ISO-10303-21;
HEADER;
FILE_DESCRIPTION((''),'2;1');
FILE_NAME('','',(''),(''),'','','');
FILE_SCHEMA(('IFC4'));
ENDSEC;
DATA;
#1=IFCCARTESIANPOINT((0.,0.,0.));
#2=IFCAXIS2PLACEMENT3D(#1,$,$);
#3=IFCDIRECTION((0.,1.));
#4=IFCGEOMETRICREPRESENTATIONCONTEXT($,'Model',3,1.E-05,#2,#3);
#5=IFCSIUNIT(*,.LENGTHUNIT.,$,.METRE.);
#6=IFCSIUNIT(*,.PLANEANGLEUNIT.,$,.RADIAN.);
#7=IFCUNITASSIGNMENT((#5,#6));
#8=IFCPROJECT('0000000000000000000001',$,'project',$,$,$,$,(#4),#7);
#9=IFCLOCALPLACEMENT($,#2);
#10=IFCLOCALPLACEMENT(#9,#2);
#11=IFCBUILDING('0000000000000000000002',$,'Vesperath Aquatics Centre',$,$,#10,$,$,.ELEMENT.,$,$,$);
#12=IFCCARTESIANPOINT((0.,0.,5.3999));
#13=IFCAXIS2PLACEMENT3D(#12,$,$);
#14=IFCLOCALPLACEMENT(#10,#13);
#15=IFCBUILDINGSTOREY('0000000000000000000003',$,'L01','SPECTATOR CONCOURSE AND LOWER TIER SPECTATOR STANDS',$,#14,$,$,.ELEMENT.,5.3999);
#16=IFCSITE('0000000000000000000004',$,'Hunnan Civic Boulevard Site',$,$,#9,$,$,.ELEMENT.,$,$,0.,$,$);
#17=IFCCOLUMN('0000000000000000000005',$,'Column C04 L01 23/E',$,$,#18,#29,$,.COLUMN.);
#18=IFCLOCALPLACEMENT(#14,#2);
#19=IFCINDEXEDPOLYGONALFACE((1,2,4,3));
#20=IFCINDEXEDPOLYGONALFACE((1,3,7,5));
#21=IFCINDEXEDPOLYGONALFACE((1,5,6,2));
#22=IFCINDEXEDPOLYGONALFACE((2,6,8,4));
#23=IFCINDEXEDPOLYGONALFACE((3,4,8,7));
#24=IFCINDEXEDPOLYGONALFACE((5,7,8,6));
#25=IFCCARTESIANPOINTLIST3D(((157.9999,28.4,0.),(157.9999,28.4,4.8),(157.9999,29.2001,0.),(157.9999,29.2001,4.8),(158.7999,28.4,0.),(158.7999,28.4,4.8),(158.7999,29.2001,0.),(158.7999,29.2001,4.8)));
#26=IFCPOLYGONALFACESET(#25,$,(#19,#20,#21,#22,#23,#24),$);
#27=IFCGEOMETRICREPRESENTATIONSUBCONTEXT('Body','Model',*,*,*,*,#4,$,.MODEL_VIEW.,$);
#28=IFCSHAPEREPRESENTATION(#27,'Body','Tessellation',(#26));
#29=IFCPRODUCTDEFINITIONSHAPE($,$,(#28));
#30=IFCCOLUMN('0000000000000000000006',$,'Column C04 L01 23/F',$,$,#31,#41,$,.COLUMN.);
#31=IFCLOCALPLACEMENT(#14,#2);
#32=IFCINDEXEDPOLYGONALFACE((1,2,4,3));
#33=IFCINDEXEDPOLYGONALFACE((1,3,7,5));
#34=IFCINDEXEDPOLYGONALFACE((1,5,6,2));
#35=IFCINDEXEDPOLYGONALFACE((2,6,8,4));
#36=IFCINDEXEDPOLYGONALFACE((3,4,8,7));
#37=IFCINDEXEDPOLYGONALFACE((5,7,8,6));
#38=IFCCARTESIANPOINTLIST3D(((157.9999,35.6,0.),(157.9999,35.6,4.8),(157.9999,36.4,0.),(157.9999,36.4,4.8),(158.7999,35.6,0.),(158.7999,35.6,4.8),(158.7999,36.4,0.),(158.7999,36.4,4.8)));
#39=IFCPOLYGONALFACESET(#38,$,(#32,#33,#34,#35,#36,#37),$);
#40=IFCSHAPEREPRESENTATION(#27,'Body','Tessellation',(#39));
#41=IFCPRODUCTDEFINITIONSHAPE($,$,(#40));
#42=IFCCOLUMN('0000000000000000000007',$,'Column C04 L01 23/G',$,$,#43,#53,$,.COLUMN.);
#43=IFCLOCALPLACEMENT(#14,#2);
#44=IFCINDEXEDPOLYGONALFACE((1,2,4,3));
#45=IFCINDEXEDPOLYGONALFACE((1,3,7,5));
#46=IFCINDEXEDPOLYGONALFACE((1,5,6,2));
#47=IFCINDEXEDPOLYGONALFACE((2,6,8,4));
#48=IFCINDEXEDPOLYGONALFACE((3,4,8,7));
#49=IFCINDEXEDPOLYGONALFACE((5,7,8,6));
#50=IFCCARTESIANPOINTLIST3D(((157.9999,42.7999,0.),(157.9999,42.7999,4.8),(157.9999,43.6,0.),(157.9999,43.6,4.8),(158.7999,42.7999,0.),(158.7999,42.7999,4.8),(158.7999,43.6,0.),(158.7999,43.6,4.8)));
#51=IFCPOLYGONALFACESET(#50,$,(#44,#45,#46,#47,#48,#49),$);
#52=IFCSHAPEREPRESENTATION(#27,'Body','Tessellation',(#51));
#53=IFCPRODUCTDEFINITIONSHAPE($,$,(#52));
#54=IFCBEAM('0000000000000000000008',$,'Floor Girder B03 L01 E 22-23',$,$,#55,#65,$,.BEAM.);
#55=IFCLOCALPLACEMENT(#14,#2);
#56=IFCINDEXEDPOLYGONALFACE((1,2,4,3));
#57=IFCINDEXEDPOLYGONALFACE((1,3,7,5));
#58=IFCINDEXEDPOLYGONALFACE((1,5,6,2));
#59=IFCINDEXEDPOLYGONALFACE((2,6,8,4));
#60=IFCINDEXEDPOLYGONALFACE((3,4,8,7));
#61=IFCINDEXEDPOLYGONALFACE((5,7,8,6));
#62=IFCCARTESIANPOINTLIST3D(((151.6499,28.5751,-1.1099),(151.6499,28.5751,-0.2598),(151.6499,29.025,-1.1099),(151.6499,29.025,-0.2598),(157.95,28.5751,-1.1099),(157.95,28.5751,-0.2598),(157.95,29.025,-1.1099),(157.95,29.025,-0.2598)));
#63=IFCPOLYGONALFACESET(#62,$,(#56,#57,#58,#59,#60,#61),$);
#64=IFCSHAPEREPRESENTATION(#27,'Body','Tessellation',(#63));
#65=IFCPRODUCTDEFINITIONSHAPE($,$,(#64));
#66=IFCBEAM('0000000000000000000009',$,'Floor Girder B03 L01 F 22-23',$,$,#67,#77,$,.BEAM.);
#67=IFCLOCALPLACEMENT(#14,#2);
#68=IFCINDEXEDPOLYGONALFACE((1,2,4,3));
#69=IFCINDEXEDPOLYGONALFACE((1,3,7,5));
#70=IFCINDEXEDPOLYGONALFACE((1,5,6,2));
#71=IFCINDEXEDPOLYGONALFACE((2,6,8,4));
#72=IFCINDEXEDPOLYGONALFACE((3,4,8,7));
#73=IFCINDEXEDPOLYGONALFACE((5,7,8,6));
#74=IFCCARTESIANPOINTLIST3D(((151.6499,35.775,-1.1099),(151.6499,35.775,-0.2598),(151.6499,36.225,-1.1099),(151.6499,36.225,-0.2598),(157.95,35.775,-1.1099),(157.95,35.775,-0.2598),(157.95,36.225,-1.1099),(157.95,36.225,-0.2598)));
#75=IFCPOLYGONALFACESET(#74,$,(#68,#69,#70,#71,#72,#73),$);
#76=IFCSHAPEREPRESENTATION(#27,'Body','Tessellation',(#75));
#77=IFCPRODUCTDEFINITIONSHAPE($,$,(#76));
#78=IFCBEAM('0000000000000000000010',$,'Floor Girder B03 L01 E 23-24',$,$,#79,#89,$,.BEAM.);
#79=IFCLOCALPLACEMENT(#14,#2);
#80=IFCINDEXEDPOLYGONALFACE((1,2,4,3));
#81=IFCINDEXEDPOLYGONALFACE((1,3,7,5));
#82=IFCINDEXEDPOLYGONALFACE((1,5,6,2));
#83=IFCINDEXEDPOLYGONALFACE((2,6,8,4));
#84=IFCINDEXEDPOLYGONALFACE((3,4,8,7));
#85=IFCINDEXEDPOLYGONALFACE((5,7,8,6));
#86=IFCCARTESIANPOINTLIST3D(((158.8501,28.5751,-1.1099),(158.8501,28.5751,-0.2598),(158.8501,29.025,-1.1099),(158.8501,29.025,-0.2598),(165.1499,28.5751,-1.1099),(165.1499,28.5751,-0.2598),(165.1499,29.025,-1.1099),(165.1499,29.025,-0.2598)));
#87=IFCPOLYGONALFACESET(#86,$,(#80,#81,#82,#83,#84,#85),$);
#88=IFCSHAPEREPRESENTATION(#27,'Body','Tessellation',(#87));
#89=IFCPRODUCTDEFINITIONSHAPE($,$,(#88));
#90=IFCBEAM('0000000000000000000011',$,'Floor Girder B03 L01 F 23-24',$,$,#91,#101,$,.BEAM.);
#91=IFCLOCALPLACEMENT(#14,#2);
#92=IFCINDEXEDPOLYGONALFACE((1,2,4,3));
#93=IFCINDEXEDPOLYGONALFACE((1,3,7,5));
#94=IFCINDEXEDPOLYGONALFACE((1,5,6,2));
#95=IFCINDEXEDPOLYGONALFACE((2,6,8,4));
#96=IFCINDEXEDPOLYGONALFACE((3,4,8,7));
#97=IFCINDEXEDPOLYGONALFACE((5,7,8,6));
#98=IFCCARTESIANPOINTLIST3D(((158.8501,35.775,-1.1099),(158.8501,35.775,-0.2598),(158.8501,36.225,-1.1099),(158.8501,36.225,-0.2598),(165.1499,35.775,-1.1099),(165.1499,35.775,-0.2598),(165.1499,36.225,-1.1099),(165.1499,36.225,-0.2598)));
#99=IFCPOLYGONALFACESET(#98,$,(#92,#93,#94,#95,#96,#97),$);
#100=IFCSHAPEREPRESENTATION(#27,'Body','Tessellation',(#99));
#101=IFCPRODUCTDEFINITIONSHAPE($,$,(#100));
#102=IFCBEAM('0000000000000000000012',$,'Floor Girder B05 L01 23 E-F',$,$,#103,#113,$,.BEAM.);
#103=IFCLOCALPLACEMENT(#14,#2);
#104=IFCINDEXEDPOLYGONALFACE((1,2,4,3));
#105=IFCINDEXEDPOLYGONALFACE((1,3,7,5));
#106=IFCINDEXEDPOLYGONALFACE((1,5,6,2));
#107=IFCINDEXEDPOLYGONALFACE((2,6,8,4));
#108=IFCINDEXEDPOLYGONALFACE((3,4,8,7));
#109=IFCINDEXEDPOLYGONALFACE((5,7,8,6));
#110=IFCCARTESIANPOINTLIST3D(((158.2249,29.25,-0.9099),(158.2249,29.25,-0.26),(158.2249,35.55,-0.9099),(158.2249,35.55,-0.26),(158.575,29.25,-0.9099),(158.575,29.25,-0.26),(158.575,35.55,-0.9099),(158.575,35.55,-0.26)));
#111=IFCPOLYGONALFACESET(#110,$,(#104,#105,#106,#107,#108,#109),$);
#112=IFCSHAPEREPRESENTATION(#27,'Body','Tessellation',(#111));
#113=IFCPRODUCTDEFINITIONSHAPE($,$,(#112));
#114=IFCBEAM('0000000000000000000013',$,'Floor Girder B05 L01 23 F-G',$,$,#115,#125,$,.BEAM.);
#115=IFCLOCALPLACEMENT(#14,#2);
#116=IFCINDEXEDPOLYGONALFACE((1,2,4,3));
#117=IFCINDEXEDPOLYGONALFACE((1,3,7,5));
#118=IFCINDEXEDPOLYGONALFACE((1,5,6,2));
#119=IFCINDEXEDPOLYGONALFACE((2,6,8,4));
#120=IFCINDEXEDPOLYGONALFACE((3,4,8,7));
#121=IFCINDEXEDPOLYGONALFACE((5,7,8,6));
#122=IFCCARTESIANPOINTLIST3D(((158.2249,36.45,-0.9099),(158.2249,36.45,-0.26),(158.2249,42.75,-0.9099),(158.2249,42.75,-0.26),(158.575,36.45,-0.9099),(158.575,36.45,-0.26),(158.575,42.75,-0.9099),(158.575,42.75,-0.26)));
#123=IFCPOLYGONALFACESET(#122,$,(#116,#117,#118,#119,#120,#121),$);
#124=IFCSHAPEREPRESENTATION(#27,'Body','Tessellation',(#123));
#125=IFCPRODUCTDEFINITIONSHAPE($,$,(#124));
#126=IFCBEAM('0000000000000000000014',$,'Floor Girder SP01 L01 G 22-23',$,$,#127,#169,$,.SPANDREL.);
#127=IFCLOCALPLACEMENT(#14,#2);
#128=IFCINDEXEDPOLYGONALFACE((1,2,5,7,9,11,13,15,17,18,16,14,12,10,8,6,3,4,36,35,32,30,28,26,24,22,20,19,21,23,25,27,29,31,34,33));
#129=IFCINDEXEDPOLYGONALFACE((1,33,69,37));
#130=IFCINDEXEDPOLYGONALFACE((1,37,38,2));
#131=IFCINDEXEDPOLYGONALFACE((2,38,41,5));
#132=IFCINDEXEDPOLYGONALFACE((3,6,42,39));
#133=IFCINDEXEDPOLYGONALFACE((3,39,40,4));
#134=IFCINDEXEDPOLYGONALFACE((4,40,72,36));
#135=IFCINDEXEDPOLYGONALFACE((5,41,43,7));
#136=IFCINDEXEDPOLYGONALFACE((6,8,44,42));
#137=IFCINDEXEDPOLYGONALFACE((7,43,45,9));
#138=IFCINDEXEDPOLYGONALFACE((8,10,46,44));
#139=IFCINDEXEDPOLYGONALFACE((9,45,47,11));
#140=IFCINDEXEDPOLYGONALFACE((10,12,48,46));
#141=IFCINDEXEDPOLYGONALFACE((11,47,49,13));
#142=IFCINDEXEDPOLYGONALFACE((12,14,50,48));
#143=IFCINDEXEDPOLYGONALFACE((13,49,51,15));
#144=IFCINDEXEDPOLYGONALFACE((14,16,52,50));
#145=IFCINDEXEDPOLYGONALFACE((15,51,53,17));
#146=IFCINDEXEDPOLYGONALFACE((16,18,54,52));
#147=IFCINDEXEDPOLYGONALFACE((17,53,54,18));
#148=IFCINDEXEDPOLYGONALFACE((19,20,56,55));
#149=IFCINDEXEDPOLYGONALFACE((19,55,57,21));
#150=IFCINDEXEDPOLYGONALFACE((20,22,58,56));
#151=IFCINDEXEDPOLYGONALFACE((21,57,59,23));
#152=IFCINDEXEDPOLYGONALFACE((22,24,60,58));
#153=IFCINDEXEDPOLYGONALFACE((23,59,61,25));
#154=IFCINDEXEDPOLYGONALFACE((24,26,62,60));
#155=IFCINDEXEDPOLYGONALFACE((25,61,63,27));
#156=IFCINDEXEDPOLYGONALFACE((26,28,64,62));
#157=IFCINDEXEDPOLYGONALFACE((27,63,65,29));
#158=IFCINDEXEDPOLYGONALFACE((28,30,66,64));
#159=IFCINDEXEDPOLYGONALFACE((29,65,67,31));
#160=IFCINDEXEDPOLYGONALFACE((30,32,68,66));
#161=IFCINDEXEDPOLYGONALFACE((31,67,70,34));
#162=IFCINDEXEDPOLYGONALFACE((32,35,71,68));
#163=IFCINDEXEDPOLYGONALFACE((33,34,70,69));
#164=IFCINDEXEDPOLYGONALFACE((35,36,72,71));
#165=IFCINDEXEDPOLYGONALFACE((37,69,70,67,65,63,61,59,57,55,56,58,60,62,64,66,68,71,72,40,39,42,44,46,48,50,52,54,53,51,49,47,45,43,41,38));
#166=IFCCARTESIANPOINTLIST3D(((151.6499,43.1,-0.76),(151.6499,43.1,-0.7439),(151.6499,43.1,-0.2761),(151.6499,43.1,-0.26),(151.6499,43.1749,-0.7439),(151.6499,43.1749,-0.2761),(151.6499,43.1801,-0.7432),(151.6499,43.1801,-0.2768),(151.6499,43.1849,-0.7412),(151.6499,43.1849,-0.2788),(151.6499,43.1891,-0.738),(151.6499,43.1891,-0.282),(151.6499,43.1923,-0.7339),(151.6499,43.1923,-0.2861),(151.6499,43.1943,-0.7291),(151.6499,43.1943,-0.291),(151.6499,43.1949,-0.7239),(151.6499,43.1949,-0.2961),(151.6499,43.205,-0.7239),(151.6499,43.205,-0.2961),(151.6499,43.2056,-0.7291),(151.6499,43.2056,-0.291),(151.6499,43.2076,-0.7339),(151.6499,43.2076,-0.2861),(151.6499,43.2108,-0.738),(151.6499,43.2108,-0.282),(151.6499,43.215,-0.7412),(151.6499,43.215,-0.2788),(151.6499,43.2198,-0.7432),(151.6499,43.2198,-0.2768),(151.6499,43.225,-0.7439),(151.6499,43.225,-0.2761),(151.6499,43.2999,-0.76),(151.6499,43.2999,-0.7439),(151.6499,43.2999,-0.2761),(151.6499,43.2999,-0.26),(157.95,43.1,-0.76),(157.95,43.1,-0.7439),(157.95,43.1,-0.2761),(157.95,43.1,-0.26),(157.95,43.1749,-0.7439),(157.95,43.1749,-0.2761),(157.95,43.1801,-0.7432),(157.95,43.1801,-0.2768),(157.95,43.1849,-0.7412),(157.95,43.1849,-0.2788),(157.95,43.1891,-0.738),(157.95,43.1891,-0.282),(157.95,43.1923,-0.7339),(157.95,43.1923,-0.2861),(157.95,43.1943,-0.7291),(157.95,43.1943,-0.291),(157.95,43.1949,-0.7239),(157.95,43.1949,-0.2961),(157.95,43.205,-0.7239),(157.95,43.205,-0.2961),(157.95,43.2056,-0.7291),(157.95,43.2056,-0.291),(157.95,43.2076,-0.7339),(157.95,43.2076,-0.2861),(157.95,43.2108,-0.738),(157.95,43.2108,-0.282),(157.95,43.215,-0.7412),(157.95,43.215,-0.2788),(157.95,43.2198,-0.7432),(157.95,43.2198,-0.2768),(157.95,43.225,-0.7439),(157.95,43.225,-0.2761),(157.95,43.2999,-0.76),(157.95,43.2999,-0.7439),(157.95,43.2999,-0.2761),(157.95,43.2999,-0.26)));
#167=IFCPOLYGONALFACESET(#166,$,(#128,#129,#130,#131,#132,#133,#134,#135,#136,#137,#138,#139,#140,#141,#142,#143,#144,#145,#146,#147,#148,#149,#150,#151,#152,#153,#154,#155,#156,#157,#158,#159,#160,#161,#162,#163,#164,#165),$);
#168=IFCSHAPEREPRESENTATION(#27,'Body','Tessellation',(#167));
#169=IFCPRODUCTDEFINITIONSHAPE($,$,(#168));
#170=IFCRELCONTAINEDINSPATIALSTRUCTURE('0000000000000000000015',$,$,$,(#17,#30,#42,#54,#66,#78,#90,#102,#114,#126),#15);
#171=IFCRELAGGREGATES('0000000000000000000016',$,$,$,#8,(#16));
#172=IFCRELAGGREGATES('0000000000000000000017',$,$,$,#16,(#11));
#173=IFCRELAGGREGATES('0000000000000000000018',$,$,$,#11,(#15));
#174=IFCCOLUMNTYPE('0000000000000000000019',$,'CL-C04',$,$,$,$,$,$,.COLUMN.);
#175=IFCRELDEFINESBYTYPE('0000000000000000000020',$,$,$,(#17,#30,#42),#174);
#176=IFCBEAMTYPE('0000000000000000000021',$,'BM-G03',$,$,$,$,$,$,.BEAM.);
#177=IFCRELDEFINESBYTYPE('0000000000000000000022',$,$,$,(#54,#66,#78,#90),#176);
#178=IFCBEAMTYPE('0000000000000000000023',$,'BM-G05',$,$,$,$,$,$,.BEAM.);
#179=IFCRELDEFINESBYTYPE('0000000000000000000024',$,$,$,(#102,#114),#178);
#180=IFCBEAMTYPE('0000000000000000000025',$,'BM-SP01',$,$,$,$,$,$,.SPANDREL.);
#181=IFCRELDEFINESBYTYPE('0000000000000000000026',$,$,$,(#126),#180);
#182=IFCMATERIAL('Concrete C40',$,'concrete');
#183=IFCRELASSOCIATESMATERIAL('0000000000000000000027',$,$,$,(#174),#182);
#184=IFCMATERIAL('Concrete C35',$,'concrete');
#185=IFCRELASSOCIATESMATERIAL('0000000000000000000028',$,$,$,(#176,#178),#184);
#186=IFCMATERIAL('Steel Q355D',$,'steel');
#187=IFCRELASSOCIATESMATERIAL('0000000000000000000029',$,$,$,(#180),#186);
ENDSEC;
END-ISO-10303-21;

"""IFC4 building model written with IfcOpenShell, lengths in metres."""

from ifc_helpers import new_model, si_unit, direction, frame, origin, origin_2d, place, context, subcontext, project, spatial, rectangle, i_section, extrude, material, material_profile, profile_set, type_object, element, save


model = new_model("IFC4")

# Units and contexts
model_context = context("Model", 3, precision=1e-05, world=origin(), true_north=direction((0.0, 1.0)))
body_context = subcontext(model_context, "Body", "Model", "MODEL_VIEW")
ifc_project = project(units=[si_unit("LENGTHUNIT", "METRE"), si_unit("PLANEANGLEUNIT", "RADIAN")], contexts=[model_context])

# Site, building, storey
site_placement = place(None, origin())
site = spatial("IfcSite", under=ifc_project, at=site_placement, Name="Hunnan Civic Boulevard Site", CompositionType="ELEMENT", RefElevation=0.0)
building_placement = place(site_placement, origin())
building = spatial("IfcBuilding", under=site, at=building_placement, Name="Vesperath Aquatics Centre", CompositionType="ELEMENT")
storey_placement = place(building_placement, frame((0.0, 0.0, 5.3999)))
storey = spatial("IfcBuildingStorey", under=building, at=storey_placement, Name="L01", Description="SPECTATOR CONCOURSE AND LOWER TIER SPECTATOR STANDS", CompositionType="ELEMENT", Elevation=5.3999)

# Columns
ifc_material_1 = material(Name="Concrete C40", Category="concrete")
ifc_material_profile_1 = material_profile(ifc_material_1, rectangle(XDim=0.8, YDim=0.8, at=origin_2d()), Name="RC 800x800")
ifc_profile_set_1 = profile_set([ifc_material_profile_1], Name="Concrete C40")
column_type = type_object("IfcColumnType", Name="CL-C04", PredefinedType="COLUMN", material=ifc_profile_set_1)
for number, where, z_axis, x_axis, name in (
    (1, (158.3999, 28.8, 0.0), (0.0, 0.0, 1.0), (1.0, 0.0, 0.0), "Column C04 L01 23/E"),
    (2, (158.3999, 36.0, 0.0), (0.0, 0.0, 1.0), (1.0, 0.0, 0.0), "Column C04 L01 23/F"),
    (3, (158.3999, 43.2, 0.0), (0.0, 0.0, 1.0), (1.0, 0.0, 0.0), "Column C04 L01 23/G"),
):
    element("IfcColumn", number, at=place(storey_placement, frame(where, z_axis=z_axis, x_axis=x_axis)), inside=storey, type_object=column_type, Name=name, PredefinedType="COLUMN", context=body_context, shape_type="SweptSolid", body=[
        extrude(rectangle(XDim=0.8, YDim=0.8, at=origin_2d()), origin(), (0.0, 0.0, 1.0), 4.8),
    ])

# Beams
ifc_material_2 = material(Name="Concrete C35", Category="concrete")
ifc_material_profile_2 = material_profile(ifc_material_2, rectangle(XDim=0.45, YDim=0.8501, at=origin_2d()), Name="RC 450x850")
ifc_profile_set_2 = profile_set([ifc_material_profile_2], Name="Concrete C35")
beam_type_1 = type_object("IfcBeamType", Name="BM-G03", PredefinedType="BEAM", material=ifc_profile_set_2)
for number, where, z_axis, x_axis, name in (
    (4, (151.6499, 28.8, -0.6848), (1.0, 0.0, 0.0), (0.0, 1.0, 0.0), "Floor Girder B03 L01 E 22-23"),
    (5, (151.6499, 36.0, -0.6848), (1.0, 0.0, 0.0), (0.0, 1.0, 0.0), "Floor Girder B03 L01 F 22-23"),
):
    element("IfcBeam", number, at=place(storey_placement, frame(where, z_axis=z_axis, x_axis=x_axis)), inside=storey, type_object=beam_type_1, Name=name, PredefinedType="BEAM", context=body_context, shape_type="SweptSolid", body=[
        extrude(rectangle(XDim=0.45, YDim=0.8501, at=origin_2d()), origin(), (0.0, 0.0, 1.0), 6.3),
    ])
for number, where, z_axis, x_axis, name in (
    (6, (158.8501, 28.8, -0.6848), (1.0, 0.0, 0.0), (0.0, 1.0, 0.0), "Floor Girder B03 L01 E 23-24"),
    (7, (158.8501, 36.0, -0.6848), (1.0, 0.0, 0.0), (0.0, 1.0, 0.0), "Floor Girder B03 L01 F 23-24"),
):
    element("IfcBeam", number, at=place(storey_placement, frame(where, z_axis=z_axis, x_axis=x_axis)), inside=storey, type_object=beam_type_1, Name=name, PredefinedType="BEAM", context=body_context, shape_type="SweptSolid", body=[
        extrude(rectangle(XDim=0.45, YDim=0.8501, at=origin_2d()), origin(), (0.0, 0.0, 1.0), 6.2998),
    ])
ifc_material_profile_3 = material_profile(ifc_material_2, rectangle(XDim=0.3501, YDim=0.6499, at=origin_2d()), Name="RC 350x650")
ifc_profile_set_3 = profile_set([ifc_material_profile_3], Name="Concrete C35")
beam_type_2 = type_object("IfcBeamType", Name="BM-G05", PredefinedType="BEAM", material=ifc_profile_set_3)
for number, where, z_axis, x_axis, name in (
    (8, (158.3999, 29.25, -0.585), (0.0, 1.0, 0.0), (-1.0, 0.0, 0.0), "Floor Girder B05 L01 23 E-F"),
    (9, (158.3999, 36.45, -0.585), (0.0, 1.0, 0.0), (-1.0, 0.0, 0.0), "Floor Girder B05 L01 23 F-G"),
):
    element("IfcBeam", number, at=place(storey_placement, frame(where, z_axis=z_axis, x_axis=x_axis)), inside=storey, type_object=beam_type_2, Name=name, PredefinedType="BEAM", context=body_context, shape_type="SweptSolid", body=[
        extrude(rectangle(XDim=0.3501, YDim=0.6499, at=origin_2d()), origin(), (0.0, 0.0, 1.0), 6.3),
    ])
ifc_material_3 = material(Name="Steel Q355D", Category="steel")
ifc_material_profile_4 = material_profile(ifc_material_3, i_section(OverallWidth=0.2, OverallDepth=0.5, WebThickness=0.01, FlangeThickness=0.0161, FilletRadius=0.02, at=origin_2d()), Name="HN 500x200x10x16")
ifc_profile_set_4 = profile_set([ifc_material_profile_4], Name="Steel Q355D")
beam_type_3 = type_object("IfcBeamType", Name="BM-SP01", PredefinedType="SPANDREL", material=ifc_profile_set_4)
beam_1_placement = place(storey_placement, frame((151.6499, 43.2, -0.51), z_axis=(1.0, 0.0, 0.0), x_axis=(0.0, 1.0, 0.0)))
element("IfcBeam", 10, at=beam_1_placement, inside=storey, type_object=beam_type_3, Name="Floor Girder SP01 L01 G 22-23", PredefinedType="SPANDREL", context=body_context, shape_type="SweptSolid", body=[
    extrude(i_section(OverallWidth=0.2, OverallDepth=0.5, WebThickness=0.01, FlangeThickness=0.0161, FilletRadius=0.02, at=origin_2d()), origin(), (0.0, 0.0, 1.0), 6.3),
])

save(model, "model.ifc")
